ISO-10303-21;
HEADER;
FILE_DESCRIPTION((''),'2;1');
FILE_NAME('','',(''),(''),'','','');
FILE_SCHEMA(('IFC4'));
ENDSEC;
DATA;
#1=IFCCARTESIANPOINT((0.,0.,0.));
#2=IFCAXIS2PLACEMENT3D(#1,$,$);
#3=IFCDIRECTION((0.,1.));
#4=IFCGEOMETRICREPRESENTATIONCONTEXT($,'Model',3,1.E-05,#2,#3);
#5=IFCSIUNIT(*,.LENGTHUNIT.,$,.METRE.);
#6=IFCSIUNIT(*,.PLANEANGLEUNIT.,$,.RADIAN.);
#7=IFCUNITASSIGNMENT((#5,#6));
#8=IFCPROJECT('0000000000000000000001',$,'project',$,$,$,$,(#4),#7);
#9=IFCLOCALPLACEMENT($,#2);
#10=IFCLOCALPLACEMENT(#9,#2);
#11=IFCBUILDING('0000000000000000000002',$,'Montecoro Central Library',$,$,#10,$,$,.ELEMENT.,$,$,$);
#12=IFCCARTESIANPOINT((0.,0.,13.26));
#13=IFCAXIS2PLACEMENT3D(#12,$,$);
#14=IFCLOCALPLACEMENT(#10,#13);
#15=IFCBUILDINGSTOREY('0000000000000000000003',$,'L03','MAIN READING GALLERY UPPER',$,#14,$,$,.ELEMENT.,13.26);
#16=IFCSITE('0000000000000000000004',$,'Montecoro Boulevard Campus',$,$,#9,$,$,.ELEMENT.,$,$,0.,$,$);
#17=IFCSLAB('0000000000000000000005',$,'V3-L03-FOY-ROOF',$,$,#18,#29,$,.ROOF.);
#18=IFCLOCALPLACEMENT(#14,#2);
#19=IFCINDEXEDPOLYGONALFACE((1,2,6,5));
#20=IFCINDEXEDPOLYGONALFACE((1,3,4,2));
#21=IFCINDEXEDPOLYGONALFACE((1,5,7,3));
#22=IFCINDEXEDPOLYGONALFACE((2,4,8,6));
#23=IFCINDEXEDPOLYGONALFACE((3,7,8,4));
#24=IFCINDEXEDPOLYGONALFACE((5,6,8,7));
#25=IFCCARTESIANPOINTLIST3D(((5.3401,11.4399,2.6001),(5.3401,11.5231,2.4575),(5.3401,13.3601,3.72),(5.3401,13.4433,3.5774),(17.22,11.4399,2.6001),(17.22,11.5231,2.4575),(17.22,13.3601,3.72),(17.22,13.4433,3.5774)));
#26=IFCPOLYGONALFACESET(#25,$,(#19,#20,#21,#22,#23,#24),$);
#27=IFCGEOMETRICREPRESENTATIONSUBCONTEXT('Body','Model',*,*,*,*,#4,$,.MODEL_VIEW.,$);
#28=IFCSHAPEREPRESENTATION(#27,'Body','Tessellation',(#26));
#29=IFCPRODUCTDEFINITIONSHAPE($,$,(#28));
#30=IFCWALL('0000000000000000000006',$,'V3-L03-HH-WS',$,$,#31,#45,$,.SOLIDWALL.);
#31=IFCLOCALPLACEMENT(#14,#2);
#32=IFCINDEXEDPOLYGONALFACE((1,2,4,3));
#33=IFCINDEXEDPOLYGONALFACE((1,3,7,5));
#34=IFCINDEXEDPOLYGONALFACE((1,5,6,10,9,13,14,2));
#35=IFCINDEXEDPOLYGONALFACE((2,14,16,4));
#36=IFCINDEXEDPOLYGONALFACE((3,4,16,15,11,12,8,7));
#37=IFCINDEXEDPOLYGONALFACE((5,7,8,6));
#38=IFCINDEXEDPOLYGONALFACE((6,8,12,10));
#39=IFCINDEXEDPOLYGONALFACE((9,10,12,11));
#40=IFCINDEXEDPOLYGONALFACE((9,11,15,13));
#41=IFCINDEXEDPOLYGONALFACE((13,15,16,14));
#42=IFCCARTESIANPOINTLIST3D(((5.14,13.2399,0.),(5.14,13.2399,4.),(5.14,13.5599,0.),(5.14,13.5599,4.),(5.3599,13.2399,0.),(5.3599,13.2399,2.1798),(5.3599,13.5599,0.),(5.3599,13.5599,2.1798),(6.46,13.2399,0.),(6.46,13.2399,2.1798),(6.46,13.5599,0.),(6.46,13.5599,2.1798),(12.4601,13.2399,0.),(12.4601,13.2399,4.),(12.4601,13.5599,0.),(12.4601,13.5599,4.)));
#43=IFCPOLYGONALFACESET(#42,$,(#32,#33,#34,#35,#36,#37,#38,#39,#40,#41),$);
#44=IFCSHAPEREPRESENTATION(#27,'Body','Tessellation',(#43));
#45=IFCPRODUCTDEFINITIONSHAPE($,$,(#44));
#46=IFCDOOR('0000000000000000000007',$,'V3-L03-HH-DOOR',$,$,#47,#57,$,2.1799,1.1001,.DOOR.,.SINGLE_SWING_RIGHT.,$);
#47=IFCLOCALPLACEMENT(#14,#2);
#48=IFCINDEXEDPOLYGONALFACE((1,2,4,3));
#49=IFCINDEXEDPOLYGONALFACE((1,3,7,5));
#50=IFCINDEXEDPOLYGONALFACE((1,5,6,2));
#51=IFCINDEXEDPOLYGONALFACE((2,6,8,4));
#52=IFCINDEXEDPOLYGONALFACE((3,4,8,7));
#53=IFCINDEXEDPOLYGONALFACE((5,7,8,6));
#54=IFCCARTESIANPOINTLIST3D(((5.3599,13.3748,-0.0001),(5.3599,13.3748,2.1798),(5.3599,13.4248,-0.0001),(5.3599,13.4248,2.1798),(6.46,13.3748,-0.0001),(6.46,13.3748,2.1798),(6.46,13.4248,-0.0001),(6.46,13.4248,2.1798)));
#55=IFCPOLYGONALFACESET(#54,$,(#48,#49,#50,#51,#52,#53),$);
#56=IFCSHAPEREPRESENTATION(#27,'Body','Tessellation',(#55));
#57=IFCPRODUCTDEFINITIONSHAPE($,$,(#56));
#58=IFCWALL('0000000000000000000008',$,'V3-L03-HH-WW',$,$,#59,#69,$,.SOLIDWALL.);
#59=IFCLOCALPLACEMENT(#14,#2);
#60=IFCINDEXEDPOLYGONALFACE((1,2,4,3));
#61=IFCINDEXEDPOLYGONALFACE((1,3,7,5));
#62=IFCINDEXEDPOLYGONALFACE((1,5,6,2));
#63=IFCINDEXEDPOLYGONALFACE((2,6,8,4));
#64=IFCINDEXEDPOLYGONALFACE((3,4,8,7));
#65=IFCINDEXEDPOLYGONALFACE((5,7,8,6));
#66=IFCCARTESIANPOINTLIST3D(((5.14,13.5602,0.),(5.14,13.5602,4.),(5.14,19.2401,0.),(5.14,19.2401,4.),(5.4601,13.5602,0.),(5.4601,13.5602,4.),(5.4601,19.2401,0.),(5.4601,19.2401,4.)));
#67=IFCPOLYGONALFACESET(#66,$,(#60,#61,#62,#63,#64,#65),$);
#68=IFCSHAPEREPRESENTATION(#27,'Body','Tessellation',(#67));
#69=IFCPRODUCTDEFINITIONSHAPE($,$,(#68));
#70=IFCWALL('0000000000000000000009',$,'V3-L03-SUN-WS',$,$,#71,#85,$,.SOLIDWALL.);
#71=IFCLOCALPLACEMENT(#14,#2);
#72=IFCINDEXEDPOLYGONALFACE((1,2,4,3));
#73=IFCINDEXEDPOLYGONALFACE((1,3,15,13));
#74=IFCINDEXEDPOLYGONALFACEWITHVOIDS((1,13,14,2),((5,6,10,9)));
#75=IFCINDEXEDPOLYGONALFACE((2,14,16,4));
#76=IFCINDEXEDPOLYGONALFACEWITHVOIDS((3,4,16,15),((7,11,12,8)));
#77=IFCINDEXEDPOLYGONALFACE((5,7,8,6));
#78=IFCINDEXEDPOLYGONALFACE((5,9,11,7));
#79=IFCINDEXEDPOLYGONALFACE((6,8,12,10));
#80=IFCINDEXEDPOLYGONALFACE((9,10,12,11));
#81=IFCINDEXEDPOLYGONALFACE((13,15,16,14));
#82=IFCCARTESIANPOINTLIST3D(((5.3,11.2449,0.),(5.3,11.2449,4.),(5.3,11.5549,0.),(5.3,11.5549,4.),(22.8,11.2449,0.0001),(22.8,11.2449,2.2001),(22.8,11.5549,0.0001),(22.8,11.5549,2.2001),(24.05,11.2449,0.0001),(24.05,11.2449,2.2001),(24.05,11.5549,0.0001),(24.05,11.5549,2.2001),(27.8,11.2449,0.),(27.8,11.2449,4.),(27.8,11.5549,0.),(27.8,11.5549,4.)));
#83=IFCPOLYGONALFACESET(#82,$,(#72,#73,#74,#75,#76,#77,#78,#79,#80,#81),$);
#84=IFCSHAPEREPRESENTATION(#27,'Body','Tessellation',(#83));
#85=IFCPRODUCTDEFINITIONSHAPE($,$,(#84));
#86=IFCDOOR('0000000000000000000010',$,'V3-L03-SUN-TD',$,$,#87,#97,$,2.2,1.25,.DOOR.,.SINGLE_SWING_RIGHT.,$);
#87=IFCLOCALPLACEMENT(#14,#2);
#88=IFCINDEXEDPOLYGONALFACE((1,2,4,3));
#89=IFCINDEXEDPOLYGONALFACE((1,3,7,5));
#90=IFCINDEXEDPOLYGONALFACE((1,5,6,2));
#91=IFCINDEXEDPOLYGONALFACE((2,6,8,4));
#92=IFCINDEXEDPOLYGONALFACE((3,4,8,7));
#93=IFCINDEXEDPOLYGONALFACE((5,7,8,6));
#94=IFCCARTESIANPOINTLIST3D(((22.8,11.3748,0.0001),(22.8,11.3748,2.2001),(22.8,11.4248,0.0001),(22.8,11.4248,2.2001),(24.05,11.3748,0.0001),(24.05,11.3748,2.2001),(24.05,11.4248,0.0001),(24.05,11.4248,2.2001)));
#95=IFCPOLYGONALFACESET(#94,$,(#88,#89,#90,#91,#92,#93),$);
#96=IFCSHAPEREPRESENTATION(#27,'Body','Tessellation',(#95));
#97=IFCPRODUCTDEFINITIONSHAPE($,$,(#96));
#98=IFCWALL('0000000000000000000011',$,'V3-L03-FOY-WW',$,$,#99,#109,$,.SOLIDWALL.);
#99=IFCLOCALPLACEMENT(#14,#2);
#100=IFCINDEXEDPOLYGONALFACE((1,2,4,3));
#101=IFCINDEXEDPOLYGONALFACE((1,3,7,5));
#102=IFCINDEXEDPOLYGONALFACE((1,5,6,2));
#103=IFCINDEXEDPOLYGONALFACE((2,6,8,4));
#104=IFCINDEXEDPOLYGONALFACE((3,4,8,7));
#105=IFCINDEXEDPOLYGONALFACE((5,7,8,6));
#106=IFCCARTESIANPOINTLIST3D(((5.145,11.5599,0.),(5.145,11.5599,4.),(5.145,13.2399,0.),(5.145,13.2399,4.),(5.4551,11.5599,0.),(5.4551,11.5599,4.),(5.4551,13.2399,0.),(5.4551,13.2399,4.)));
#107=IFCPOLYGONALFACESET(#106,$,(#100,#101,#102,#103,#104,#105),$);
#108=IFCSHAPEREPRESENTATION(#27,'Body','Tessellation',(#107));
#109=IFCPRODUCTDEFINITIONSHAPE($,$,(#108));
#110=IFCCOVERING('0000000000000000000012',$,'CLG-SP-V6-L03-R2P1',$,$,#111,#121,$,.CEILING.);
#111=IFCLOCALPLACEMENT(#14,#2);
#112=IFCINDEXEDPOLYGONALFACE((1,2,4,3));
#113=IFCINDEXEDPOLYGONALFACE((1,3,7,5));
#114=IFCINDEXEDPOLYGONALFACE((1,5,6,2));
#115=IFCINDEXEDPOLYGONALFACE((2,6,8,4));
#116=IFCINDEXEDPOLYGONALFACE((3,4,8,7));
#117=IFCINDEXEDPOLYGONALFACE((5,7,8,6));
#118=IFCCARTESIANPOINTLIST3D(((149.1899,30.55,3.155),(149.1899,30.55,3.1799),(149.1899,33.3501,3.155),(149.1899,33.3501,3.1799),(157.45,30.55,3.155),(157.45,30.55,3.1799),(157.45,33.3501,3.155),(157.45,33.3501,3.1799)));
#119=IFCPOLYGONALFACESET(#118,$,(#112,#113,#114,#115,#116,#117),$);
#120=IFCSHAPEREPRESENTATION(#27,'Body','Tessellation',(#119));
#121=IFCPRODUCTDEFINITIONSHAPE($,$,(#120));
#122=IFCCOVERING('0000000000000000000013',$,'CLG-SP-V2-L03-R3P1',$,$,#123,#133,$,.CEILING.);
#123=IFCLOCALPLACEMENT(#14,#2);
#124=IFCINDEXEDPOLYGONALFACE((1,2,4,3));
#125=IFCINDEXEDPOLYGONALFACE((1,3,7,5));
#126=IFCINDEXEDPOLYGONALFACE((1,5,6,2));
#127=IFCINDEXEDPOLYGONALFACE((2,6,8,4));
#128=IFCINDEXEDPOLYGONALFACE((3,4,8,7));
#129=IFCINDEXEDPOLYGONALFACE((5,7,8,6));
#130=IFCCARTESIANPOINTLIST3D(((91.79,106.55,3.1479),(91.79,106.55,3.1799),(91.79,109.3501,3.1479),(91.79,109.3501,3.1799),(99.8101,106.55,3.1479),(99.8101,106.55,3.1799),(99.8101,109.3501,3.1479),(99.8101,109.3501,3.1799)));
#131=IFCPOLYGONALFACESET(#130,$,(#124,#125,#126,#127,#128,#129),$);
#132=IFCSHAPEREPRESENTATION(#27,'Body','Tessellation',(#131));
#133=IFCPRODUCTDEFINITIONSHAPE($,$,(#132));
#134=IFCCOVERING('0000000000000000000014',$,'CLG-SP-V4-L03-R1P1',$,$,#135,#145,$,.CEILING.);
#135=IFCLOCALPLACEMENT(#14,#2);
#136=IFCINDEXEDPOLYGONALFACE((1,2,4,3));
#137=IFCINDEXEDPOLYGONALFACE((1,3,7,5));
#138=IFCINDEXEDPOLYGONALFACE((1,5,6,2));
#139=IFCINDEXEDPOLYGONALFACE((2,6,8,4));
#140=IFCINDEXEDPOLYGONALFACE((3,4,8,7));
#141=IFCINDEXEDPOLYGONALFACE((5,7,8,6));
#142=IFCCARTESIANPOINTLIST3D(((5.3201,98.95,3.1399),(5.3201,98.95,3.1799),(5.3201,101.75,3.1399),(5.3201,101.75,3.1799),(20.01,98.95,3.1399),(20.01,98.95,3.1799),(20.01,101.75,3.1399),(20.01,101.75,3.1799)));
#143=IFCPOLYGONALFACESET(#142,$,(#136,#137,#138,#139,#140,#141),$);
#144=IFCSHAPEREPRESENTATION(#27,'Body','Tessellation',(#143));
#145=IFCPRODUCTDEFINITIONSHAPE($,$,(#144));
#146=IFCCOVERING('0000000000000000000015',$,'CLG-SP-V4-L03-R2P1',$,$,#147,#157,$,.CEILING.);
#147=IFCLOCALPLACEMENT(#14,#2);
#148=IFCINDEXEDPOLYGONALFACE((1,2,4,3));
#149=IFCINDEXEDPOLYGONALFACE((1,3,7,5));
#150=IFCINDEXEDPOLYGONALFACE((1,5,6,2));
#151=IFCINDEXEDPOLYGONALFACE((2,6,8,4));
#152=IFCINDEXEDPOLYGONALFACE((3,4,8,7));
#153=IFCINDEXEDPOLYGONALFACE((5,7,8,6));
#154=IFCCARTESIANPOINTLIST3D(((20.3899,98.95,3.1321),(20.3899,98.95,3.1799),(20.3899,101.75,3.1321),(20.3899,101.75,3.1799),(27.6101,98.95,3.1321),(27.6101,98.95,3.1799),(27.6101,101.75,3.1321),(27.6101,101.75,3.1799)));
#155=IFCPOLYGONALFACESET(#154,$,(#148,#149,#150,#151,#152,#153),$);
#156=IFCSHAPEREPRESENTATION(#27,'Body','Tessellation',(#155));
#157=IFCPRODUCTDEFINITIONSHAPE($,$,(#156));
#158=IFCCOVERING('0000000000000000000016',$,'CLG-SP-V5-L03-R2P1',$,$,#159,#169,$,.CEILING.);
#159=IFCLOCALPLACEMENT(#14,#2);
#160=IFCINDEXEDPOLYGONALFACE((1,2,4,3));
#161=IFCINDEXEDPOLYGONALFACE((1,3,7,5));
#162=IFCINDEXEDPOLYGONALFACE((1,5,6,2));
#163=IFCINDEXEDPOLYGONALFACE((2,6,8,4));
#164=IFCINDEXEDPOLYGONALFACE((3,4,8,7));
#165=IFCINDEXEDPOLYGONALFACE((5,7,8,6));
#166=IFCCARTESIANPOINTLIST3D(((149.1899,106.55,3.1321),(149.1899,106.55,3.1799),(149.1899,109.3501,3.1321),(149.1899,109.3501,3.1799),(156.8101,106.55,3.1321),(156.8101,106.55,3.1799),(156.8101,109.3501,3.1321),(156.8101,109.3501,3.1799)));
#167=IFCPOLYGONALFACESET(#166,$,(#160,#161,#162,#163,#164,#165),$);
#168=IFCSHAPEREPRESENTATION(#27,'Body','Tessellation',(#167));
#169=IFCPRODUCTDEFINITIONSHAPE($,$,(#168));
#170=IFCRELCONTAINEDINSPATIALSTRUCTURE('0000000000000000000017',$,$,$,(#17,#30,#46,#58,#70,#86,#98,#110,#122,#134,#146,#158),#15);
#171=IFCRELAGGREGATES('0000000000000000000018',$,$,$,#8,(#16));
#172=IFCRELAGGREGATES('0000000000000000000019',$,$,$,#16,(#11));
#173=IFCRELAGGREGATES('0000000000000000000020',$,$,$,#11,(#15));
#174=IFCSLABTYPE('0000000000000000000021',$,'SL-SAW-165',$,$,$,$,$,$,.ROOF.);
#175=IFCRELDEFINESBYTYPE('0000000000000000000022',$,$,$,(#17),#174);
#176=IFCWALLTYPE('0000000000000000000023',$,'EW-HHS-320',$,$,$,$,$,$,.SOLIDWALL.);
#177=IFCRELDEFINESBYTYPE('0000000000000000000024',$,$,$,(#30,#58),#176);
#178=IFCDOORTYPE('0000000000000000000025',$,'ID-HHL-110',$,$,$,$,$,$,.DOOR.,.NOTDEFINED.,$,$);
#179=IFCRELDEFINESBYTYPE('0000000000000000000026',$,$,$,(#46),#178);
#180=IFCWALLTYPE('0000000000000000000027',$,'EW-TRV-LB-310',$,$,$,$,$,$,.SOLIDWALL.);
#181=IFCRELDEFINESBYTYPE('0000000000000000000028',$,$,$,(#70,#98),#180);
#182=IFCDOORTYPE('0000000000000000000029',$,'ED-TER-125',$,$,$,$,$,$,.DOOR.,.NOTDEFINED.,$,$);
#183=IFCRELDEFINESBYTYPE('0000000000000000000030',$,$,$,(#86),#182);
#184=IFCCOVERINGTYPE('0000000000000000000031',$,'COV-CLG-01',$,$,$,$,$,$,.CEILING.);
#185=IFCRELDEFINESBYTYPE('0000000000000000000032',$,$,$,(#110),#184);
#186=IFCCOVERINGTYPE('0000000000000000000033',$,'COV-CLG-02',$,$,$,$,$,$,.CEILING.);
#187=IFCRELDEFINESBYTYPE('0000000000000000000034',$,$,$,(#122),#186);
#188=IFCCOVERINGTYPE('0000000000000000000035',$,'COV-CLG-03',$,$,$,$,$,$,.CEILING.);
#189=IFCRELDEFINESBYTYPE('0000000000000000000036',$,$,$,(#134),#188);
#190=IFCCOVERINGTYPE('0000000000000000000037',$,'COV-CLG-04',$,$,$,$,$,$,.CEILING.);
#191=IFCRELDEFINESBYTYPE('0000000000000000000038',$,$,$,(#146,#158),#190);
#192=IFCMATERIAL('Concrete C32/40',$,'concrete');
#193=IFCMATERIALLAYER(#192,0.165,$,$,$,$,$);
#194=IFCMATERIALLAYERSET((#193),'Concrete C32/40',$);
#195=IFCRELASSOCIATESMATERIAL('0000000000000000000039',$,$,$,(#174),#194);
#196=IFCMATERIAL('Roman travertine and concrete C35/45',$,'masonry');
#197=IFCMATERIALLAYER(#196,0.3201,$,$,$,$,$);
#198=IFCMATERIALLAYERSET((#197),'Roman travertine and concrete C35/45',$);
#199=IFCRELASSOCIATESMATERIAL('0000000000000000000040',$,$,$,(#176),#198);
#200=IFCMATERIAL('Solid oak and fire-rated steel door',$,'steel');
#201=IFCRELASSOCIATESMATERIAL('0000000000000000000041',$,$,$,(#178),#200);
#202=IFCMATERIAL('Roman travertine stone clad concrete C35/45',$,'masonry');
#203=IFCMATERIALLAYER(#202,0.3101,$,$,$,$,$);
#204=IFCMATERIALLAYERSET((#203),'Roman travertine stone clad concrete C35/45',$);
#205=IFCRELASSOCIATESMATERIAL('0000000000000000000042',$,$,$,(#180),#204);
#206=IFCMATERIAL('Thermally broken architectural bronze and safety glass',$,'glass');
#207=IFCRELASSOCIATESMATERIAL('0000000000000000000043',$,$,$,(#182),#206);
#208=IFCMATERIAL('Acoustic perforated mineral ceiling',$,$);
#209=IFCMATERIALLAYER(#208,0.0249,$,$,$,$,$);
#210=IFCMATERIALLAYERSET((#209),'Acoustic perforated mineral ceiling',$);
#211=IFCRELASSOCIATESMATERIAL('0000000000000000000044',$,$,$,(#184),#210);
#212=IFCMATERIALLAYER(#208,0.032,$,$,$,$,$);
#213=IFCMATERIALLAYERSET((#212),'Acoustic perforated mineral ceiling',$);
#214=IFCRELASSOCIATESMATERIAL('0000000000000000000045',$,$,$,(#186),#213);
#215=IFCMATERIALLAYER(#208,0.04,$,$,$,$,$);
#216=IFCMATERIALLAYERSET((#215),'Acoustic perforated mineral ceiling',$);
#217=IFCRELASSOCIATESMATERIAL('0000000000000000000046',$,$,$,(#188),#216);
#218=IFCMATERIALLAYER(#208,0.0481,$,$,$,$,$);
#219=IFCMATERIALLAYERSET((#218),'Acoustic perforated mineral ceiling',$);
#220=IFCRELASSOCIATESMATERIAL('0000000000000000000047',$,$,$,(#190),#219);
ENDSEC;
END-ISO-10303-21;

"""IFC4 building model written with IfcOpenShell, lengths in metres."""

from ifc_helpers import new_model, si_unit, direction, frame, frame_2d, origin, place, context, subcontext, project, spatial, polyline, rectangle, outline, extrude, material, layer, layer_set, type_object, element, fill, save


model = new_model("IFC4")

# Units and contexts
model_context = context("Model", 3, precision=1e-05, world=origin(), true_north=direction((0.0, 1.0)))
body_context = subcontext(model_context, "Body", "Model", "MODEL_VIEW")
ifc_project = project(units=[si_unit("LENGTHUNIT", "METRE"), si_unit("PLANEANGLEUNIT", "RADIAN")], contexts=[model_context])

# Site, building, storey
site_placement = place(None, origin())
site = spatial("IfcSite", under=ifc_project, at=site_placement, Name="Montecoro Boulevard Campus", CompositionType="ELEMENT", RefElevation=0.0)
building_placement = place(site_placement, origin())
building = spatial("IfcBuilding", under=site, at=building_placement, Name="Montecoro Central Library", CompositionType="ELEMENT")
storey_placement = place(building_placement, frame((0.0, 0.0, 13.26)))
storey = spatial("IfcBuildingStorey", under=building, at=storey_placement, Name="L03", Description="MAIN READING GALLERY UPPER", CompositionType="ELEMENT", Elevation=13.26)

# Slab
ifc_material_1 = material(Name="Concrete C32/40", Category="concrete")
ifc_layer_1 = layer(ifc_material_1, 0.165)
ifc_layer_set_1 = layer_set([ifc_layer_1], Name="Concrete C32/40")
slab_type = type_object("IfcSlabType", Name="SL-SAW-165", PredefinedType="ROOF", material=ifc_layer_set_1)
slab_1_placement = place(storey_placement, frame((5.3401, 11.4399, 2.6001), z_axis=(0.0, -0.503796, 0.863823), x_axis=(1.0, 0.0, 0.0)))
element("IfcSlab", 1, at=slab_1_placement, inside=storey, type_object=slab_type, Name="V3-L03-FOY-ROOF", PredefinedType="ROOF", context=body_context, shape_type="SweptSolid", body=[
    extrude(outline(polyline([(0.0, 0.0), (11.8799, 0.0), (11.8799, 2.2229), (0.0, 2.2229), (0.0, 0.0)])), origin(), (0.0, 0.0, -1.0), 0.165),
])

# Wall, opening, door
ifc_material_2 = material(Name="Roman travertine and concrete C35/45", Category="masonry")
ifc_layer_2 = layer(ifc_material_2, 0.3201)
ifc_layer_set_2 = layer_set([ifc_layer_2], Name="Roman travertine and concrete C35/45")
wall_type_1 = type_object("IfcWallType", Name="EW-HHS-320", PredefinedType="SOLIDWALL", material=ifc_layer_set_2)
wall_1_placement = place(storey_placement, frame((5.1399, 13.3999, 0.0), z_axis=(0.0, 0.0, 1.0), x_axis=(1.0, 0.0, 0.0)))
wall_1 = element("IfcWall", 2, at=wall_1_placement, inside=storey, type_object=wall_type_1, Name="V3-L03-HH-WS", PredefinedType="SOLIDWALL", context=body_context, shape_type="SweptSolid", body=[
    extrude(rectangle(XDim=7.3201, YDim=0.3201, at=frame_2d((3.6602, 0.0))), origin(), (0.0, 0.0, 1.0), 4.0),
])
opening_1_placement = place(wall_1_placement, frame((0.22, 0.0, 0.0)))
opening_1 = element("IfcOpeningElement", 3, at=opening_1_placement, cuts=wall_1, PredefinedType="OPENING", context=body_context, shape_type="SweptSolid", body=[
    extrude(rectangle(XDim=1.1001, YDim=2.1799, at=frame_2d((0.55, 1.0898))), frame((0.0, 0.1699, 0.0), z_axis=(0.0, -1.0, 0.0), x_axis=(1.0, 0.0, 0.0)), (0.0, 0.0, 1.0), 0.3401),
])
ifc_material_3 = material(Name="Solid oak and fire-rated steel door", Category="steel")
door_type_1 = type_object("IfcDoorType", Name="ID-HHL-110", OperationType="NOTDEFINED", PredefinedType="DOOR", material=ifc_material_3)
door_1_placement = place(opening_1_placement, origin())
door_1 = element("IfcDoor", 4, at=door_1_placement, inside=storey, type_object=door_type_1, Name="V3-L03-HH-DOOR", OperationType="SINGLE_SWING_RIGHT", OverallHeight=2.1799, OverallWidth=1.1001, PredefinedType="DOOR", context=body_context, shape_type="SweptSolid", body=[
    extrude(rectangle(XDim=1.1001, YDim=2.1799, at=frame_2d((0.55, 1.0898))), frame((0.0, 0.0249, 0.0), z_axis=(0.0, -1.0, 0.0), x_axis=(1.0, 0.0, 0.0)), (0.0, 0.0, 1.0), 0.05),
])
fill(opening_1, door_1)

# Wall
wall_2_placement = place(storey_placement, frame((5.3, 19.24, 0.0), z_axis=(0.0, 0.0, 1.0), x_axis=(0.0, -1.0, 0.0)))
element("IfcWall", 5, at=wall_2_placement, inside=storey, type_object=wall_type_1, Name="V3-L03-HH-WW", PredefinedType="SOLIDWALL", context=body_context, shape_type="SweptSolid", body=[
    extrude(rectangle(XDim=5.6799, YDim=0.3201, at=frame_2d((2.8398, 0.0))), origin(), (0.0, 0.0, 1.0), 4.0),
])

# Wall, opening, door
ifc_material_4 = material(Name="Roman travertine stone clad concrete C35/45", Category="masonry")
ifc_layer_3 = layer(ifc_material_4, 0.3101)
ifc_layer_set_3 = layer_set([ifc_layer_3], Name="Roman travertine stone clad concrete C35/45")
wall_type_2 = type_object("IfcWallType", Name="EW-TRV-LB-310", PredefinedType="SOLIDWALL", material=ifc_layer_set_3)
wall_3_placement = place(storey_placement, frame((5.3, 11.3999, 0.0), z_axis=(0.0, 0.0, 1.0), x_axis=(1.0, 0.0, 0.0)))
wall_3 = element("IfcWall", 6, at=wall_3_placement, inside=storey, type_object=wall_type_2, Name="V3-L03-SUN-WS", PredefinedType="SOLIDWALL", context=body_context, shape_type="SweptSolid", body=[
    extrude(rectangle(XDim=22.5, YDim=0.3101, at=frame_2d((11.25, 0.0))), origin(), (0.0, 0.0, 1.0), 4.0),
])
opening_2_placement = place(wall_3_placement, frame((17.5, 0.0, 0.0)))
opening_2 = element("IfcOpeningElement", 7, at=opening_2_placement, cuts=wall_3, PredefinedType="OPENING", context=body_context, shape_type="SweptSolid", body=[
    extrude(rectangle(XDim=1.25, YDim=2.2, at=frame_2d((0.625, 1.1001))), frame((0.0, 0.165, 0.0), z_axis=(0.0, -1.0, 0.0), x_axis=(1.0, 0.0, 0.0)), (0.0, 0.0, 1.0), 0.3301),
])
ifc_material_5 = material(Name="Thermally broken architectural bronze and safety glass", Category="glass")
door_type_2 = type_object("IfcDoorType", Name="ED-TER-125", OperationType="NOTDEFINED", PredefinedType="DOOR", material=ifc_material_5)
door_2_placement = place(opening_2_placement, origin())
door_2 = element("IfcDoor", 8, at=door_2_placement, inside=storey, type_object=door_type_2, Name="V3-L03-SUN-TD", OperationType="SINGLE_SWING_RIGHT", OverallHeight=2.2, OverallWidth=1.25, PredefinedType="DOOR", context=body_context, shape_type="SweptSolid", body=[
    extrude(rectangle(XDim=1.25, YDim=2.2, at=frame_2d((0.625, 1.1001))), frame((0.0, 0.0249, 0.0), z_axis=(0.0, -1.0, 0.0), x_axis=(1.0, 0.0, 0.0)), (0.0, 0.0, 1.0), 0.05),
])
fill(opening_2, door_2)

# Wall
wall_4_placement = place(storey_placement, frame((5.3, 11.5601, 0.0), z_axis=(0.0, 0.0, 1.0), x_axis=(0.0, 1.0, 0.0)))
element("IfcWall", 9, at=wall_4_placement, inside=storey, type_object=wall_type_2, Name="V3-L03-FOY-WW", PredefinedType="SOLIDWALL", context=body_context, shape_type="SweptSolid", body=[
    extrude(rectangle(XDim=1.6799, YDim=0.3101, at=frame_2d((0.8398, 0.0))), origin(), (0.0, 0.0, 1.0), 4.0),
])

# Coverings
ifc_material_6 = material(Name="Acoustic perforated mineral ceiling")
ifc_layer_4 = layer(ifc_material_6, 0.0249)
ifc_layer_set_4 = layer_set([ifc_layer_4], Name="Acoustic perforated mineral ceiling")
covering_type_1 = type_object("IfcCoveringType", Name="COV-CLG-01", PredefinedType="CEILING", material=ifc_layer_set_4)
covering_1_placement = place(storey_placement, frame((0.0, 0.0, 3.155)))
element("IfcCovering", 10, at=covering_1_placement, inside=storey, type_object=covering_type_1, Name="CLG-SP-V6-L03-R2P1", PredefinedType="CEILING", context=body_context, shape_type="SweptSolid", body=[
    extrude(outline(polyline([(149.1899, 30.55), (157.45, 30.55), (157.45, 33.3501), (149.1899, 33.3501), (149.1899, 30.55)])), origin(), (0.0, 0.0, 1.0), 0.0249),
])
ifc_layer_5 = layer(ifc_material_6, 0.032)
ifc_layer_set_5 = layer_set([ifc_layer_5], Name="Acoustic perforated mineral ceiling")
covering_type_2 = type_object("IfcCoveringType", Name="COV-CLG-02", PredefinedType="CEILING", material=ifc_layer_set_5)
covering_2_placement = place(storey_placement, frame((0.0, 0.0, 3.1479)))
element("IfcCovering", 11, at=covering_2_placement, inside=storey, type_object=covering_type_2, Name="CLG-SP-V2-L03-R3P1", PredefinedType="CEILING", context=body_context, shape_type="SweptSolid", body=[
    extrude(outline(polyline([(91.79, 106.55), (99.8101, 106.55), (99.8101, 109.3501), (91.79, 109.3501), (91.79, 106.55)])), origin(), (0.0, 0.0, 1.0), 0.032),
])
ifc_layer_6 = layer(ifc_material_6, 0.04)
ifc_layer_set_6 = layer_set([ifc_layer_6], Name="Acoustic perforated mineral ceiling")
covering_type_3 = type_object("IfcCoveringType", Name="COV-CLG-03", PredefinedType="CEILING", material=ifc_layer_set_6)
covering_3_placement = place(storey_placement, frame((0.0, 0.0, 3.1399)))
element("IfcCovering", 12, at=covering_3_placement, inside=storey, type_object=covering_type_3, Name="CLG-SP-V4-L03-R1P1", PredefinedType="CEILING", context=body_context, shape_type="SweptSolid", body=[
    extrude(outline(polyline([(5.3201, 98.95), (20.01, 98.95), (20.01, 101.75), (5.3201, 101.75), (5.3201, 98.95)])), origin(), (0.0, 0.0, 1.0), 0.04),
])
ifc_layer_7 = layer(ifc_material_6, 0.0481)
ifc_layer_set_7 = layer_set([ifc_layer_7], Name="Acoustic perforated mineral ceiling")
covering_type_4 = type_object("IfcCoveringType", Name="COV-CLG-04", PredefinedType="CEILING", material=ifc_layer_set_7)
covering_4_placement = place(storey_placement, frame((0.0, 0.0, 3.1321)))
element("IfcCovering", 13, at=covering_4_placement, inside=storey, type_object=covering_type_4, Name="CLG-SP-V4-L03-R2P1", PredefinedType="CEILING", context=body_context, shape_type="SweptSolid", body=[
    extrude(outline(polyline([(20.3899, 98.95), (27.6101, 98.95), (27.6101, 101.75), (20.3899, 101.75), (20.3899, 98.95)])), origin(), (0.0, 0.0, 1.0), 0.0479),
])
covering_5_placement = place(storey_placement, frame((0.0, 0.0, 3.1321)))
element("IfcCovering", 14, at=covering_5_placement, inside=storey, type_object=covering_type_4, Name="CLG-SP-V5-L03-R2P1", PredefinedType="CEILING", context=body_context, shape_type="SweptSolid", body=[
    extrude(outline(polyline([(149.1899, 106.55), (156.8101, 106.55), (156.8101, 109.3501), (149.1899, 109.3501), (149.1899, 106.55)])), origin(), (0.0, 0.0, 1.0), 0.0479),
])

save(model, "model.ifc")
